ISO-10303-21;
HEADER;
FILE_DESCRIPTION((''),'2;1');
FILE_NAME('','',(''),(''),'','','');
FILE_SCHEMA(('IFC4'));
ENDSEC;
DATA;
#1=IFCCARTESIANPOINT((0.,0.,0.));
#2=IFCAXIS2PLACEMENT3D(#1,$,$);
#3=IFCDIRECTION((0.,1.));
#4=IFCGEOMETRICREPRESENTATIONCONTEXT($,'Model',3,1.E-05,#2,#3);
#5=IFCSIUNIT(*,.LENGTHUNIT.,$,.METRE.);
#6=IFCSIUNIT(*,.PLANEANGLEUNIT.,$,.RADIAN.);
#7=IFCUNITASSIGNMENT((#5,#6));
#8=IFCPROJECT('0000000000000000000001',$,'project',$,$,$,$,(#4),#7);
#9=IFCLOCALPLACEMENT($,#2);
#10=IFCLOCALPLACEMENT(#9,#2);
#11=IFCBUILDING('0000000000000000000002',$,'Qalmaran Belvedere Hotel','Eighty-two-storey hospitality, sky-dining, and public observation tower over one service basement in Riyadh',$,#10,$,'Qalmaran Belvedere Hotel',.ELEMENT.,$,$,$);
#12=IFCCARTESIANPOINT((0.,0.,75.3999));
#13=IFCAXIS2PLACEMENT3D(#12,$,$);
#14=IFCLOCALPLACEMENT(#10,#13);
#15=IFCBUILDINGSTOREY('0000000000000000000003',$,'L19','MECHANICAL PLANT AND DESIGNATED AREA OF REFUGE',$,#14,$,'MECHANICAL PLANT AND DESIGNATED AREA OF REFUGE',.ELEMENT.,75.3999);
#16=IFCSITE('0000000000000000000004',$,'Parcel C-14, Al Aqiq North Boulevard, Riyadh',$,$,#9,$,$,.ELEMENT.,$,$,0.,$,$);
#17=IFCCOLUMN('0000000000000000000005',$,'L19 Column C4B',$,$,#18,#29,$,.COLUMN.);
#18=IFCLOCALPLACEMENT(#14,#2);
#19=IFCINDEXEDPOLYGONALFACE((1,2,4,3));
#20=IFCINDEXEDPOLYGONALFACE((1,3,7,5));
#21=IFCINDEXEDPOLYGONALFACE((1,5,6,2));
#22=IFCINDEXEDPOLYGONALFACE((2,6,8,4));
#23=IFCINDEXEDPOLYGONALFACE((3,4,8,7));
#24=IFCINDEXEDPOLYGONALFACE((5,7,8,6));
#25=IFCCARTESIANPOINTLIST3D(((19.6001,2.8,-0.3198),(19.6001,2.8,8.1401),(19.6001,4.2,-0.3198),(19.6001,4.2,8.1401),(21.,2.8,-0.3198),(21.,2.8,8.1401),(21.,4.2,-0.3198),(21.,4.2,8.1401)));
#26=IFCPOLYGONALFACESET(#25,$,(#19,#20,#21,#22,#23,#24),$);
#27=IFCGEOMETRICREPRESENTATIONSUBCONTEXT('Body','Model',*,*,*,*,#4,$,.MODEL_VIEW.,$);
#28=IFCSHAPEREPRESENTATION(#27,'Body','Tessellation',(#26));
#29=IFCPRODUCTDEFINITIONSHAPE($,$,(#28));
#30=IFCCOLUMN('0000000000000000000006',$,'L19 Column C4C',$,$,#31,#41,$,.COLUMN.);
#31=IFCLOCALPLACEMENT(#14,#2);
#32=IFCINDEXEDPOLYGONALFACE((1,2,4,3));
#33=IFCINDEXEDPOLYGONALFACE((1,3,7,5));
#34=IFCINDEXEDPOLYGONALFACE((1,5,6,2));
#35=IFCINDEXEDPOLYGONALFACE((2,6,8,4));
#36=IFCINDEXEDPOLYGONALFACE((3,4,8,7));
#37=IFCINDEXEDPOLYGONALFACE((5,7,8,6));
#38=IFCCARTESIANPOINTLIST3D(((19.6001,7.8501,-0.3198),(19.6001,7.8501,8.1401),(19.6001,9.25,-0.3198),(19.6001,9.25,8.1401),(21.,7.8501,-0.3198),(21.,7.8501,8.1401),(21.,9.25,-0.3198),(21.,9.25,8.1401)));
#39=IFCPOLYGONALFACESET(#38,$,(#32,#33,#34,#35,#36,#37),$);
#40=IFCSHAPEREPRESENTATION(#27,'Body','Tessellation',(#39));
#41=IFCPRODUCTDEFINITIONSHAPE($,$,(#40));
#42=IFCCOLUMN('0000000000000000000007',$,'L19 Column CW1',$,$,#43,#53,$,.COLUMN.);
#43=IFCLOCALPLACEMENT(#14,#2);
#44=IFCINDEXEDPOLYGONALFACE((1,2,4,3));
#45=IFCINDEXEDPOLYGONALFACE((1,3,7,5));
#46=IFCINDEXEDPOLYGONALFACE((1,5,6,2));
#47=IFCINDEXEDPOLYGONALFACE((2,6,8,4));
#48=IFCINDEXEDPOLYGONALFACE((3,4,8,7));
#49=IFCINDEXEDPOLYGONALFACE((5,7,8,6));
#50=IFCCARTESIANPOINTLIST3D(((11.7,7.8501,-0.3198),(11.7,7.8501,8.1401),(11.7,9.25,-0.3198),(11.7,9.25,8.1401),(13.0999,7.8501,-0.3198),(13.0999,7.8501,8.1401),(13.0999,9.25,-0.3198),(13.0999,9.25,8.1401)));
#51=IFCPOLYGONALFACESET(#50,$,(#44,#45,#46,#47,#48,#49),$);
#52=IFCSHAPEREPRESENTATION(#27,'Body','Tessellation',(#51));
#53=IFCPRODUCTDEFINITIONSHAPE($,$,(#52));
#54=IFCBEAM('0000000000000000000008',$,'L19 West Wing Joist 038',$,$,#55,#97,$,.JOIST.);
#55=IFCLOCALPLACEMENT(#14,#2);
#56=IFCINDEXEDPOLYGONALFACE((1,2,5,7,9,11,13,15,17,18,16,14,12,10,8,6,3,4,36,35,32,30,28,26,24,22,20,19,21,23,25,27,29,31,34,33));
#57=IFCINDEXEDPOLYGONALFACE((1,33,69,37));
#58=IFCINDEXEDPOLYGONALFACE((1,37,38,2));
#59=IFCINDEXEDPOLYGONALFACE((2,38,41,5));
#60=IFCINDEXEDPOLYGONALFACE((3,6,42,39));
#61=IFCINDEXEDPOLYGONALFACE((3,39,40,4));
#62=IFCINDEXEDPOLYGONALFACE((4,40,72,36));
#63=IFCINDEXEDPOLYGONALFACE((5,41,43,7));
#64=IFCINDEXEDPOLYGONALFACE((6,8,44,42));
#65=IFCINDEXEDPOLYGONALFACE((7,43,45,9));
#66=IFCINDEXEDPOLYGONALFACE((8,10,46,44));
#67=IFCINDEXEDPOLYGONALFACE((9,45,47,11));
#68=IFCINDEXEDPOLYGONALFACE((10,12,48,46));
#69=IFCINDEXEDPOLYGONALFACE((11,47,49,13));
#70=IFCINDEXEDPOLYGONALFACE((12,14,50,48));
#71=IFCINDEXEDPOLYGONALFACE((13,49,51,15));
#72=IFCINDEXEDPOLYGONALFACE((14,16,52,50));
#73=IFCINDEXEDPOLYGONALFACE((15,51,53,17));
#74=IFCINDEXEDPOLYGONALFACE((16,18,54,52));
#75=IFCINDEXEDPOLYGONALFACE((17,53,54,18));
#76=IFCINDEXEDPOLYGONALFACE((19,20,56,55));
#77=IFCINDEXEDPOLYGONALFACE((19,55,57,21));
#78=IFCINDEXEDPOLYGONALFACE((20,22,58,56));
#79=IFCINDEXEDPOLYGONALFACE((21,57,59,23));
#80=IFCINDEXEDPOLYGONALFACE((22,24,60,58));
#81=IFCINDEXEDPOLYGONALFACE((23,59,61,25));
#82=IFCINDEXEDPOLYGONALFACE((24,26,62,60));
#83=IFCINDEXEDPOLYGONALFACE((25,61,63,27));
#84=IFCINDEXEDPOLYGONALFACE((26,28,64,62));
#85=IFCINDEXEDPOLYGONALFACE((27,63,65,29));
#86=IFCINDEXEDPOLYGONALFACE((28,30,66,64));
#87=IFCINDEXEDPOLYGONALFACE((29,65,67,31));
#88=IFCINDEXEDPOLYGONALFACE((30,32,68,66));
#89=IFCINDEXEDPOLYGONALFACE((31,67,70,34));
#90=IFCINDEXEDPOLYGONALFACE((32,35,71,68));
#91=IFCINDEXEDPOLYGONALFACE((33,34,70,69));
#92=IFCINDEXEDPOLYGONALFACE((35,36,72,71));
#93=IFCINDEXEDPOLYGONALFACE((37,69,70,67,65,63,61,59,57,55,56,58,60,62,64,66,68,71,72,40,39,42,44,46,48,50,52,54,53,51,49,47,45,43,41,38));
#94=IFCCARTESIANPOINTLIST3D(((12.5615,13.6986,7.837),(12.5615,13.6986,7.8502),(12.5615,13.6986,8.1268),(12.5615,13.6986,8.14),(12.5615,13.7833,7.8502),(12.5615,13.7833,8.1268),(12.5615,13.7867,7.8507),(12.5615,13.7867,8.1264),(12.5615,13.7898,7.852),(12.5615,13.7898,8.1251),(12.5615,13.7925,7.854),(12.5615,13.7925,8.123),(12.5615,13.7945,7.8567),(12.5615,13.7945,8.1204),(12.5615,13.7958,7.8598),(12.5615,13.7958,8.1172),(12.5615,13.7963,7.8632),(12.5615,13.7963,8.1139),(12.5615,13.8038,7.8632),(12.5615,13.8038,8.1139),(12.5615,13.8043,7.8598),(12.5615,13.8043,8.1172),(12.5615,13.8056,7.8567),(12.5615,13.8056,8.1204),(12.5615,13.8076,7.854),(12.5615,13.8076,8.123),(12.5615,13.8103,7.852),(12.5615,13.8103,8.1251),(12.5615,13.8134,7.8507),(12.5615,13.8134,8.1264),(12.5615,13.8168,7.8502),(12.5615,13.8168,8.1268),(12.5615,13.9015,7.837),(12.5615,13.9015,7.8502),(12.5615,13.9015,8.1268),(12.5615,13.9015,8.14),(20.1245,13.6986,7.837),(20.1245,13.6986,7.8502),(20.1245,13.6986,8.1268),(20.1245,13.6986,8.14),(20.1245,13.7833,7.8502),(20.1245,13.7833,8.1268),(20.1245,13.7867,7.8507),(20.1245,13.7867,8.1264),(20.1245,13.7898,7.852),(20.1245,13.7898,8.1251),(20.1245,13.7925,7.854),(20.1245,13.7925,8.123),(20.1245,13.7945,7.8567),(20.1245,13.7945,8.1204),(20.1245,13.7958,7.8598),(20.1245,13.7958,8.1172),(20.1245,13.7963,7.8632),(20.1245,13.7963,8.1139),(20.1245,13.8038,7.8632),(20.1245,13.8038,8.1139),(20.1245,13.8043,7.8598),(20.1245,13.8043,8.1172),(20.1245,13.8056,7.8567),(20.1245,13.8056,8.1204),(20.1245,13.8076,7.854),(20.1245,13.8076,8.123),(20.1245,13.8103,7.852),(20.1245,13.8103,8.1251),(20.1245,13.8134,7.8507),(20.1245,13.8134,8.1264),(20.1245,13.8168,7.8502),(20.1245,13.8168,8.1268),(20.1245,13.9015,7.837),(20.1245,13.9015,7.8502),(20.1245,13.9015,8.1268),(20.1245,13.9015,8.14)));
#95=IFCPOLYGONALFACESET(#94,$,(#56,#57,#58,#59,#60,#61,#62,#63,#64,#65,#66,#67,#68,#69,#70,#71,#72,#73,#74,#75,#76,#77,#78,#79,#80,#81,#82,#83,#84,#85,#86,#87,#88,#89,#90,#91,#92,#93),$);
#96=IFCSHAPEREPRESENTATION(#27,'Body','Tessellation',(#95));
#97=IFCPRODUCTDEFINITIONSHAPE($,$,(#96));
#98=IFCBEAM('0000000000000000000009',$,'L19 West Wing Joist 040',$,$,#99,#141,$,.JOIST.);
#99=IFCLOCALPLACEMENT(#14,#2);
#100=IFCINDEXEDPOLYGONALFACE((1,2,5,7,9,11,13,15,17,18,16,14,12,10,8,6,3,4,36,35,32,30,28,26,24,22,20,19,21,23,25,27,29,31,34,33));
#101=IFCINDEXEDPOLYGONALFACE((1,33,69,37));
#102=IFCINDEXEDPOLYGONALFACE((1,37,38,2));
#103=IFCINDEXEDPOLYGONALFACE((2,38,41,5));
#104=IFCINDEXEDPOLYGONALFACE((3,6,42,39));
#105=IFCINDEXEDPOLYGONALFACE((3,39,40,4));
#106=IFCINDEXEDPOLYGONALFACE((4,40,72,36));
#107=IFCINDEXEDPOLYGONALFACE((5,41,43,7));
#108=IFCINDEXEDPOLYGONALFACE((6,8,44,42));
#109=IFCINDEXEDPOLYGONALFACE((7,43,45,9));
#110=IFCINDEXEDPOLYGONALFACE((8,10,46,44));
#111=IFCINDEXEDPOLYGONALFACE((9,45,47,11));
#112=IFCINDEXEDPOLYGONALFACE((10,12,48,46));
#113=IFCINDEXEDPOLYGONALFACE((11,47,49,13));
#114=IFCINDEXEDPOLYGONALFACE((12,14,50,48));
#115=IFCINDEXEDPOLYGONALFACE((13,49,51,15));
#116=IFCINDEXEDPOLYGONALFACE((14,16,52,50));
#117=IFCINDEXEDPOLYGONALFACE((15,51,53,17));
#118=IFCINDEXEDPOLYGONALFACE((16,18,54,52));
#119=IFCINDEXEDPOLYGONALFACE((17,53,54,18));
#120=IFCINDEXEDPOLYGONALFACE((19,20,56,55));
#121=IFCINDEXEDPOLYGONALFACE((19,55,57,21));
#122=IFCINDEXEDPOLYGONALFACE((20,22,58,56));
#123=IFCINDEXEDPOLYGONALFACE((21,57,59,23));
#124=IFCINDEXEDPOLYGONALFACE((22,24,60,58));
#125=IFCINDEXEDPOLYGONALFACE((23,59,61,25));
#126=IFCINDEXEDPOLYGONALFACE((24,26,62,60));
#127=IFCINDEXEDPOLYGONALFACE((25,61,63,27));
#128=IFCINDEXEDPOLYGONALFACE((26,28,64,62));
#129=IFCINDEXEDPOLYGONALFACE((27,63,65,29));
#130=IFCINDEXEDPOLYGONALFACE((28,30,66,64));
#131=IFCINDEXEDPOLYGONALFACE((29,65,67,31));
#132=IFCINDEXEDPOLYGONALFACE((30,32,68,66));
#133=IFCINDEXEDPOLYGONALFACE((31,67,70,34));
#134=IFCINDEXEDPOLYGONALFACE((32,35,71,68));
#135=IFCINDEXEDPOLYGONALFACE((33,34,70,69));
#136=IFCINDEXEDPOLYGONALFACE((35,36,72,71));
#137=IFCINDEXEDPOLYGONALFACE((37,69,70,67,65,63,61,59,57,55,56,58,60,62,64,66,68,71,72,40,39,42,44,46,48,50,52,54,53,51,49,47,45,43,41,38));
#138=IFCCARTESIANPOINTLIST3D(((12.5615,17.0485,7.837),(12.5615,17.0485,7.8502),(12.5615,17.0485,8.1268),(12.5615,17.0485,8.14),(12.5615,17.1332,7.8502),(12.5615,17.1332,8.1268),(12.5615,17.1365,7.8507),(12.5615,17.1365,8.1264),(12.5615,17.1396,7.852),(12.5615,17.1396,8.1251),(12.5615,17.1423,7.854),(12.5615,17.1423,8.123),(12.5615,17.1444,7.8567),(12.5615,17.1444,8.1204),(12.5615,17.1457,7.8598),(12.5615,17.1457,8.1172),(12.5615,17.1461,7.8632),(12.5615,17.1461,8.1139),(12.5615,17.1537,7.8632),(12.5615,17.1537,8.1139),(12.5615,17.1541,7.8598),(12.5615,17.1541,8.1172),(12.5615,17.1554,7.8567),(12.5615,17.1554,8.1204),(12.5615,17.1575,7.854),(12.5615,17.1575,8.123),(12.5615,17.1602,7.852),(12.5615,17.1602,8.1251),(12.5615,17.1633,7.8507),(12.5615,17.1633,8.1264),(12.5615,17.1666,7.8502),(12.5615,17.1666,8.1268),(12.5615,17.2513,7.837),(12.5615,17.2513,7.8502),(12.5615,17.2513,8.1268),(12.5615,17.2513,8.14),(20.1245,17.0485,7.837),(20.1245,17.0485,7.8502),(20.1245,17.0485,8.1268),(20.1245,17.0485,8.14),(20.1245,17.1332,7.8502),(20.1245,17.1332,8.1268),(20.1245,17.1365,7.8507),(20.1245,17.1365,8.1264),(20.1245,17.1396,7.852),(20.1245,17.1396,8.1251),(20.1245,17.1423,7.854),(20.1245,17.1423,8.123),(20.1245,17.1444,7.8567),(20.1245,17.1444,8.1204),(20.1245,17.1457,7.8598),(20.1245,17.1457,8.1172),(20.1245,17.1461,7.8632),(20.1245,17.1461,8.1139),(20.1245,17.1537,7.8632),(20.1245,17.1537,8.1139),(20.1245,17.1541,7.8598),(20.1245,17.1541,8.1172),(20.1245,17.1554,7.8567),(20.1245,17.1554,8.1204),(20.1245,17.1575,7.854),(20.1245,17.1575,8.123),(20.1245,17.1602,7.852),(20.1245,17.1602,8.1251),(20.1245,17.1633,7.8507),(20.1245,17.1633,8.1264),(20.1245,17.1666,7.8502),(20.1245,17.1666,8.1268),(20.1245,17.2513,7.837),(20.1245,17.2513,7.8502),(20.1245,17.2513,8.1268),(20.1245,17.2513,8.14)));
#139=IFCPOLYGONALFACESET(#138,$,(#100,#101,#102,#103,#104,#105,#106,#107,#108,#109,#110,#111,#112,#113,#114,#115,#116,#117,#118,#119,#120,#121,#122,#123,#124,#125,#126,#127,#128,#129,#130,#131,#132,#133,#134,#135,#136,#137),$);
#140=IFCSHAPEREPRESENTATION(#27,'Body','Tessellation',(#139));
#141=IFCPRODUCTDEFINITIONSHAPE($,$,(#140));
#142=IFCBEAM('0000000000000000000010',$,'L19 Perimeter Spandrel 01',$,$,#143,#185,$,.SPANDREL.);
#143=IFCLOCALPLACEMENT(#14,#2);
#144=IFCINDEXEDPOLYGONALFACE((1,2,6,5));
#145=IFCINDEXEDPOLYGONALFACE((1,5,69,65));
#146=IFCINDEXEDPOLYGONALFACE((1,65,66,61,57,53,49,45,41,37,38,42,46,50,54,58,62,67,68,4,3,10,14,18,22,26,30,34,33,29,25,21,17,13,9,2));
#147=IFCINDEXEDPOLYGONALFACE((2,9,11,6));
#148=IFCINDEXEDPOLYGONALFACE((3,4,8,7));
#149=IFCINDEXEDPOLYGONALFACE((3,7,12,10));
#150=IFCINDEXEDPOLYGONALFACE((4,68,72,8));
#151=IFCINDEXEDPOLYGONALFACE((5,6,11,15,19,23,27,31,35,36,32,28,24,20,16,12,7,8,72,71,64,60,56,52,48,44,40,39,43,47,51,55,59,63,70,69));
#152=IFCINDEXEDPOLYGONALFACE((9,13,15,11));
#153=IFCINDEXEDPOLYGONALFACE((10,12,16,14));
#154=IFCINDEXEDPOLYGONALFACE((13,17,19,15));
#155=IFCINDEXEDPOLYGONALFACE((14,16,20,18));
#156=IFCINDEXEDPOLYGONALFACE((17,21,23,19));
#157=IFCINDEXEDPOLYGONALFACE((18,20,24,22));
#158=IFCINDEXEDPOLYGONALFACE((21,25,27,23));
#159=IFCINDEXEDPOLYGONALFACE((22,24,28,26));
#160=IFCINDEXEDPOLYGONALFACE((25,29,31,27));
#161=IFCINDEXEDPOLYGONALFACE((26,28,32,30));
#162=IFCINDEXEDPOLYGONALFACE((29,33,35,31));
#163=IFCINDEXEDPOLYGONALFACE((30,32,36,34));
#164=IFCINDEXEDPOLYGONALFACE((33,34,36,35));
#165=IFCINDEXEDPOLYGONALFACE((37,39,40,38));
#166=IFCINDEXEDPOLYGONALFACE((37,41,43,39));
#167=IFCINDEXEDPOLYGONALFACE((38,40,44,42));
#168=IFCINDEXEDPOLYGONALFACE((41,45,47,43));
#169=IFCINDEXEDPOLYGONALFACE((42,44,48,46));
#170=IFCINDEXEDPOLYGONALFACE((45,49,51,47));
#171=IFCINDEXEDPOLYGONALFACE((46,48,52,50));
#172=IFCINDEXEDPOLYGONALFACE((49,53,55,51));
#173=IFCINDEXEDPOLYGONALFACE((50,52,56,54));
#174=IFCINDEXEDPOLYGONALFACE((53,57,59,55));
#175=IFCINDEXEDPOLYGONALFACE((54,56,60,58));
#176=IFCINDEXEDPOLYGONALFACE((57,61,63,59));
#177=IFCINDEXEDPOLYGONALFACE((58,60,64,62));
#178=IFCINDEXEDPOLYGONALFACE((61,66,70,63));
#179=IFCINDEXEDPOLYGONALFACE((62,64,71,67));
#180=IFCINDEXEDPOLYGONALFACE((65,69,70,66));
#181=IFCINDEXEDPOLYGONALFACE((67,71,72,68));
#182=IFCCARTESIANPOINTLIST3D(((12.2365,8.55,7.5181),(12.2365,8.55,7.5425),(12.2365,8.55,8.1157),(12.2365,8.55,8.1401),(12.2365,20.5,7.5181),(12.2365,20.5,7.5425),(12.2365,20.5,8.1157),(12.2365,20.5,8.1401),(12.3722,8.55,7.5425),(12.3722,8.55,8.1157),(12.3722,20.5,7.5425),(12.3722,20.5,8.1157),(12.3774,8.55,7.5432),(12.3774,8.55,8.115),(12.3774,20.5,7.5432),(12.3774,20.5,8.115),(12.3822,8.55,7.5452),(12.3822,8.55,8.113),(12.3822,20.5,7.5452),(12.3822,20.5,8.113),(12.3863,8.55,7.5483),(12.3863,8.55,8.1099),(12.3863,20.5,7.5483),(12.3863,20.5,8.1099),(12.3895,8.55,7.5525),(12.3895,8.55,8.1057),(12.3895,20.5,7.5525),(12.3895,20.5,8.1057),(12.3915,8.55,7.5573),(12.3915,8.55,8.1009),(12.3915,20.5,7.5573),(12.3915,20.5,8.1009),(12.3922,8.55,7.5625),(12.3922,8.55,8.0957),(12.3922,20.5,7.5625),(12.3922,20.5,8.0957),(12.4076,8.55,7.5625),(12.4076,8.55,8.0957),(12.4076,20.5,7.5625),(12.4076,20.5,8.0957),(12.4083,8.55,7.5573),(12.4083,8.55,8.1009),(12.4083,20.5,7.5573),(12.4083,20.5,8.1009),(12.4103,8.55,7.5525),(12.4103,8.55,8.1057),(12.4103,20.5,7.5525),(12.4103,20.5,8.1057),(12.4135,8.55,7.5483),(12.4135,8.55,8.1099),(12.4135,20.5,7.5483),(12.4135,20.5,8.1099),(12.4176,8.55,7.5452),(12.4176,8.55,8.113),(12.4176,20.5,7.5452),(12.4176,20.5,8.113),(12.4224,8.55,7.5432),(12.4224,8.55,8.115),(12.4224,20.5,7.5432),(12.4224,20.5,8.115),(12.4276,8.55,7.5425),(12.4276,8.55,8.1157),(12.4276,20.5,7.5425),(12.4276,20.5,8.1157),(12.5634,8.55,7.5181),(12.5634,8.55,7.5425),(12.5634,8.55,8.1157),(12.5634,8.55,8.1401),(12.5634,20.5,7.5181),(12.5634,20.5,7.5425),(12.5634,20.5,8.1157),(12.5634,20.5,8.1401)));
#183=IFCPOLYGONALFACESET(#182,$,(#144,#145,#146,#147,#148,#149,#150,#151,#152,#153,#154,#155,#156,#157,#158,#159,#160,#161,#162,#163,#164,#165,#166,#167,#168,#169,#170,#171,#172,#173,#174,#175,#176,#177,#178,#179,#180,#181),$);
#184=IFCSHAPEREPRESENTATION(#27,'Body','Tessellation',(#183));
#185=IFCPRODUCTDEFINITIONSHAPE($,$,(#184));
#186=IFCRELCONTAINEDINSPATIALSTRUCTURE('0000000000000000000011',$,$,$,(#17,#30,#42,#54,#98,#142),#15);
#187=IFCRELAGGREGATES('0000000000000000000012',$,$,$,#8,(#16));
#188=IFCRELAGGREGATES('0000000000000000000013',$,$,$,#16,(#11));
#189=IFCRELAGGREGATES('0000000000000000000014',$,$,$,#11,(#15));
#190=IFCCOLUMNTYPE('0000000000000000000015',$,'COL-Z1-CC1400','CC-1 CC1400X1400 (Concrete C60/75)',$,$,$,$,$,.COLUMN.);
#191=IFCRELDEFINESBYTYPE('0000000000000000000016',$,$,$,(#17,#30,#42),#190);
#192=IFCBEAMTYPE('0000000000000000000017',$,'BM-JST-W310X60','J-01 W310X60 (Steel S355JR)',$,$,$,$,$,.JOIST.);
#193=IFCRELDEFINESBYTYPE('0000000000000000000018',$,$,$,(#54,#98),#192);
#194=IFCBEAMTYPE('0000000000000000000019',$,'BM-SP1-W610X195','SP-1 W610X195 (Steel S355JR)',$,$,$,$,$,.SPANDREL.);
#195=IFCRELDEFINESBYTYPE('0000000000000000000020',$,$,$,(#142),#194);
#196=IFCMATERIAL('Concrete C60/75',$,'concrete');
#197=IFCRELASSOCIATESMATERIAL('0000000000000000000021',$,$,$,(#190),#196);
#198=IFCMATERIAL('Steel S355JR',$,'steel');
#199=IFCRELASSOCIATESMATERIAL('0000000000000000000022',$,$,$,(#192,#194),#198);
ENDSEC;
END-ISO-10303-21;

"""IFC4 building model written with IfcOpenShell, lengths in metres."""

from ifc_helpers import new_model, si_unit, direction, frame, origin, origin_2d, place, context, subcontext, project, spatial, rectangle, i_section, extrude, material, material_profile, profile_set, type_object, element, save


model = new_model("IFC4")

# Units and contexts
model_context = context("Model", 3, precision=1e-05, world=origin(), true_north=direction((0.0, 1.0)))
body_context = subcontext(model_context, "Body", "Model", "MODEL_VIEW")
ifc_project = project(units=[si_unit("LENGTHUNIT", "METRE"), si_unit("PLANEANGLEUNIT", "RADIAN")], contexts=[model_context])

# Site, building, storey
site_placement = place(None, origin())
site = spatial("IfcSite", under=ifc_project, at=site_placement, Name="Parcel C-14, Al Aqiq North Boulevard, Riyadh", CompositionType="ELEMENT", RefElevation=0.0)
building_placement = place(site_placement, origin())
building = spatial("IfcBuilding", under=site, at=building_placement, Name="Qalmaran Belvedere Hotel", Description="Eighty-two-storey hospitality, sky-dining, and public observation tower over one service basement in Riyadh", LongName="Qalmaran Belvedere Hotel", CompositionType="ELEMENT")
storey_placement = place(building_placement, frame((0.0, 0.0, 75.3999)))
storey = spatial("IfcBuildingStorey", under=building, at=storey_placement, Name="L19", Description="MECHANICAL PLANT AND DESIGNATED AREA OF REFUGE", LongName="MECHANICAL PLANT AND DESIGNATED AREA OF REFUGE", CompositionType="ELEMENT", Elevation=75.3999)

# Columns
ifc_material_1 = material(Name="Concrete C60/75", Category="concrete")
ifc_material_profile_1 = material_profile(ifc_material_1, rectangle(XDim=1.3999, YDim=1.3999, at=origin_2d()), Name="CC1400X1400")
ifc_profile_set_1 = profile_set([ifc_material_profile_1], Name="Concrete C60/75")
column_type = type_object("IfcColumnType", Name="COL-Z1-CC1400", Description="CC-1 CC1400X1400 (Concrete C60/75)", PredefinedType="COLUMN", material=ifc_profile_set_1)
for number, where, z_axis, x_axis, name in (
    (1, (20.3, 3.5, -0.3198), (0.0, 0.0, 1.0), (1.0, 0.0, 0.0), "L19 Column C4B"),
    (2, (20.3, 8.55, -0.3198), (0.0, 0.0, 1.0), (1.0, 0.0, 0.0), "L19 Column C4C"),
    (3, (12.3999, 8.55, -0.3198), (0.0, 0.0, 1.0), (1.0, 0.0, 0.0), "L19 Column CW1"),
):
    element("IfcColumn", number, at=place(storey_placement, frame(where, z_axis=z_axis, x_axis=x_axis)), inside=storey, type_object=column_type, Name=name, PredefinedType="COLUMN", context=body_context, shape_type="SweptSolid", body=[
        extrude(rectangle(XDim=1.3999, YDim=1.3999, at=origin_2d()), origin(), (0.0, 0.0, 1.0), 8.46),
    ])

# Beams
ifc_material_2 = material(Name="Steel S355JR", Category="steel")
ifc_material_profile_2 = material_profile(ifc_material_2, i_section(OverallWidth=0.2029, OverallDepth=0.303, WebThickness=0.0076, FlangeThickness=0.0132, FilletRadius=0.0129, at=origin_2d()), Name="W310X60")
ifc_profile_set_2 = profile_set([ifc_material_profile_2], Name="Steel S355JR")
beam_type_1 = type_object("IfcBeamType", Name="BM-JST-W310X60", Description="J-01 W310X60 (Steel S355JR)", PredefinedType="JOIST", material=ifc_profile_set_2)
for number, where, z_axis, x_axis, name in (
    (4, (12.5615, 13.8, 7.9885), (1.0, 0.0, 0.0), (0.0, 1.0, 0.0), "L19 West Wing Joist 038"),
    (5, (12.5615, 17.1499, 7.9885), (1.0, 0.0, 0.0), (0.0, 1.0, 0.0), "L19 West Wing Joist 040"),
):
    element("IfcBeam", number, at=place(storey_placement, frame(where, z_axis=z_axis, x_axis=x_axis)), inside=storey, type_object=beam_type_1, Name=name, PredefinedType="JOIST", context=body_context, shape_type="SweptSolid", body=[
        extrude(i_section(OverallWidth=0.2029, OverallDepth=0.303, WebThickness=0.0076, FlangeThickness=0.0132, FilletRadius=0.0129, at=origin_2d()), origin(), (0.0, 0.0, 1.0), 7.563),
    ])
ifc_material_profile_3 = material_profile(ifc_material_2, i_section(OverallWidth=0.3269, OverallDepth=0.6221, WebThickness=0.0154, FlangeThickness=0.0244, FilletRadius=0.02, at=origin_2d()), Name="W610X195")
ifc_profile_set_3 = profile_set([ifc_material_profile_3], Name="Steel S355JR")
beam_type_2 = type_object("IfcBeamType", Name="BM-SP1-W610X195", Description="SP-1 W610X195 (Steel S355JR)", PredefinedType="SPANDREL", material=ifc_profile_set_3)
beam_1_placement = place(storey_placement, frame((12.3999, 8.55, 7.8291), z_axis=(0.0, 1.0, 0.0), x_axis=(-1.0, 0.0, 0.0)))
element("IfcBeam", 6, at=beam_1_placement, inside=storey, type_object=beam_type_2, Name="L19 Perimeter Spandrel 01", PredefinedType="SPANDREL", context=body_context, shape_type="SweptSolid", body=[
    extrude(i_section(OverallWidth=0.3269, OverallDepth=0.6221, WebThickness=0.0154, FlangeThickness=0.0244, FilletRadius=0.02, at=origin_2d()), origin(), (0.0, 0.0, 1.0), 11.95),
])

save(model, "model.ifc")
